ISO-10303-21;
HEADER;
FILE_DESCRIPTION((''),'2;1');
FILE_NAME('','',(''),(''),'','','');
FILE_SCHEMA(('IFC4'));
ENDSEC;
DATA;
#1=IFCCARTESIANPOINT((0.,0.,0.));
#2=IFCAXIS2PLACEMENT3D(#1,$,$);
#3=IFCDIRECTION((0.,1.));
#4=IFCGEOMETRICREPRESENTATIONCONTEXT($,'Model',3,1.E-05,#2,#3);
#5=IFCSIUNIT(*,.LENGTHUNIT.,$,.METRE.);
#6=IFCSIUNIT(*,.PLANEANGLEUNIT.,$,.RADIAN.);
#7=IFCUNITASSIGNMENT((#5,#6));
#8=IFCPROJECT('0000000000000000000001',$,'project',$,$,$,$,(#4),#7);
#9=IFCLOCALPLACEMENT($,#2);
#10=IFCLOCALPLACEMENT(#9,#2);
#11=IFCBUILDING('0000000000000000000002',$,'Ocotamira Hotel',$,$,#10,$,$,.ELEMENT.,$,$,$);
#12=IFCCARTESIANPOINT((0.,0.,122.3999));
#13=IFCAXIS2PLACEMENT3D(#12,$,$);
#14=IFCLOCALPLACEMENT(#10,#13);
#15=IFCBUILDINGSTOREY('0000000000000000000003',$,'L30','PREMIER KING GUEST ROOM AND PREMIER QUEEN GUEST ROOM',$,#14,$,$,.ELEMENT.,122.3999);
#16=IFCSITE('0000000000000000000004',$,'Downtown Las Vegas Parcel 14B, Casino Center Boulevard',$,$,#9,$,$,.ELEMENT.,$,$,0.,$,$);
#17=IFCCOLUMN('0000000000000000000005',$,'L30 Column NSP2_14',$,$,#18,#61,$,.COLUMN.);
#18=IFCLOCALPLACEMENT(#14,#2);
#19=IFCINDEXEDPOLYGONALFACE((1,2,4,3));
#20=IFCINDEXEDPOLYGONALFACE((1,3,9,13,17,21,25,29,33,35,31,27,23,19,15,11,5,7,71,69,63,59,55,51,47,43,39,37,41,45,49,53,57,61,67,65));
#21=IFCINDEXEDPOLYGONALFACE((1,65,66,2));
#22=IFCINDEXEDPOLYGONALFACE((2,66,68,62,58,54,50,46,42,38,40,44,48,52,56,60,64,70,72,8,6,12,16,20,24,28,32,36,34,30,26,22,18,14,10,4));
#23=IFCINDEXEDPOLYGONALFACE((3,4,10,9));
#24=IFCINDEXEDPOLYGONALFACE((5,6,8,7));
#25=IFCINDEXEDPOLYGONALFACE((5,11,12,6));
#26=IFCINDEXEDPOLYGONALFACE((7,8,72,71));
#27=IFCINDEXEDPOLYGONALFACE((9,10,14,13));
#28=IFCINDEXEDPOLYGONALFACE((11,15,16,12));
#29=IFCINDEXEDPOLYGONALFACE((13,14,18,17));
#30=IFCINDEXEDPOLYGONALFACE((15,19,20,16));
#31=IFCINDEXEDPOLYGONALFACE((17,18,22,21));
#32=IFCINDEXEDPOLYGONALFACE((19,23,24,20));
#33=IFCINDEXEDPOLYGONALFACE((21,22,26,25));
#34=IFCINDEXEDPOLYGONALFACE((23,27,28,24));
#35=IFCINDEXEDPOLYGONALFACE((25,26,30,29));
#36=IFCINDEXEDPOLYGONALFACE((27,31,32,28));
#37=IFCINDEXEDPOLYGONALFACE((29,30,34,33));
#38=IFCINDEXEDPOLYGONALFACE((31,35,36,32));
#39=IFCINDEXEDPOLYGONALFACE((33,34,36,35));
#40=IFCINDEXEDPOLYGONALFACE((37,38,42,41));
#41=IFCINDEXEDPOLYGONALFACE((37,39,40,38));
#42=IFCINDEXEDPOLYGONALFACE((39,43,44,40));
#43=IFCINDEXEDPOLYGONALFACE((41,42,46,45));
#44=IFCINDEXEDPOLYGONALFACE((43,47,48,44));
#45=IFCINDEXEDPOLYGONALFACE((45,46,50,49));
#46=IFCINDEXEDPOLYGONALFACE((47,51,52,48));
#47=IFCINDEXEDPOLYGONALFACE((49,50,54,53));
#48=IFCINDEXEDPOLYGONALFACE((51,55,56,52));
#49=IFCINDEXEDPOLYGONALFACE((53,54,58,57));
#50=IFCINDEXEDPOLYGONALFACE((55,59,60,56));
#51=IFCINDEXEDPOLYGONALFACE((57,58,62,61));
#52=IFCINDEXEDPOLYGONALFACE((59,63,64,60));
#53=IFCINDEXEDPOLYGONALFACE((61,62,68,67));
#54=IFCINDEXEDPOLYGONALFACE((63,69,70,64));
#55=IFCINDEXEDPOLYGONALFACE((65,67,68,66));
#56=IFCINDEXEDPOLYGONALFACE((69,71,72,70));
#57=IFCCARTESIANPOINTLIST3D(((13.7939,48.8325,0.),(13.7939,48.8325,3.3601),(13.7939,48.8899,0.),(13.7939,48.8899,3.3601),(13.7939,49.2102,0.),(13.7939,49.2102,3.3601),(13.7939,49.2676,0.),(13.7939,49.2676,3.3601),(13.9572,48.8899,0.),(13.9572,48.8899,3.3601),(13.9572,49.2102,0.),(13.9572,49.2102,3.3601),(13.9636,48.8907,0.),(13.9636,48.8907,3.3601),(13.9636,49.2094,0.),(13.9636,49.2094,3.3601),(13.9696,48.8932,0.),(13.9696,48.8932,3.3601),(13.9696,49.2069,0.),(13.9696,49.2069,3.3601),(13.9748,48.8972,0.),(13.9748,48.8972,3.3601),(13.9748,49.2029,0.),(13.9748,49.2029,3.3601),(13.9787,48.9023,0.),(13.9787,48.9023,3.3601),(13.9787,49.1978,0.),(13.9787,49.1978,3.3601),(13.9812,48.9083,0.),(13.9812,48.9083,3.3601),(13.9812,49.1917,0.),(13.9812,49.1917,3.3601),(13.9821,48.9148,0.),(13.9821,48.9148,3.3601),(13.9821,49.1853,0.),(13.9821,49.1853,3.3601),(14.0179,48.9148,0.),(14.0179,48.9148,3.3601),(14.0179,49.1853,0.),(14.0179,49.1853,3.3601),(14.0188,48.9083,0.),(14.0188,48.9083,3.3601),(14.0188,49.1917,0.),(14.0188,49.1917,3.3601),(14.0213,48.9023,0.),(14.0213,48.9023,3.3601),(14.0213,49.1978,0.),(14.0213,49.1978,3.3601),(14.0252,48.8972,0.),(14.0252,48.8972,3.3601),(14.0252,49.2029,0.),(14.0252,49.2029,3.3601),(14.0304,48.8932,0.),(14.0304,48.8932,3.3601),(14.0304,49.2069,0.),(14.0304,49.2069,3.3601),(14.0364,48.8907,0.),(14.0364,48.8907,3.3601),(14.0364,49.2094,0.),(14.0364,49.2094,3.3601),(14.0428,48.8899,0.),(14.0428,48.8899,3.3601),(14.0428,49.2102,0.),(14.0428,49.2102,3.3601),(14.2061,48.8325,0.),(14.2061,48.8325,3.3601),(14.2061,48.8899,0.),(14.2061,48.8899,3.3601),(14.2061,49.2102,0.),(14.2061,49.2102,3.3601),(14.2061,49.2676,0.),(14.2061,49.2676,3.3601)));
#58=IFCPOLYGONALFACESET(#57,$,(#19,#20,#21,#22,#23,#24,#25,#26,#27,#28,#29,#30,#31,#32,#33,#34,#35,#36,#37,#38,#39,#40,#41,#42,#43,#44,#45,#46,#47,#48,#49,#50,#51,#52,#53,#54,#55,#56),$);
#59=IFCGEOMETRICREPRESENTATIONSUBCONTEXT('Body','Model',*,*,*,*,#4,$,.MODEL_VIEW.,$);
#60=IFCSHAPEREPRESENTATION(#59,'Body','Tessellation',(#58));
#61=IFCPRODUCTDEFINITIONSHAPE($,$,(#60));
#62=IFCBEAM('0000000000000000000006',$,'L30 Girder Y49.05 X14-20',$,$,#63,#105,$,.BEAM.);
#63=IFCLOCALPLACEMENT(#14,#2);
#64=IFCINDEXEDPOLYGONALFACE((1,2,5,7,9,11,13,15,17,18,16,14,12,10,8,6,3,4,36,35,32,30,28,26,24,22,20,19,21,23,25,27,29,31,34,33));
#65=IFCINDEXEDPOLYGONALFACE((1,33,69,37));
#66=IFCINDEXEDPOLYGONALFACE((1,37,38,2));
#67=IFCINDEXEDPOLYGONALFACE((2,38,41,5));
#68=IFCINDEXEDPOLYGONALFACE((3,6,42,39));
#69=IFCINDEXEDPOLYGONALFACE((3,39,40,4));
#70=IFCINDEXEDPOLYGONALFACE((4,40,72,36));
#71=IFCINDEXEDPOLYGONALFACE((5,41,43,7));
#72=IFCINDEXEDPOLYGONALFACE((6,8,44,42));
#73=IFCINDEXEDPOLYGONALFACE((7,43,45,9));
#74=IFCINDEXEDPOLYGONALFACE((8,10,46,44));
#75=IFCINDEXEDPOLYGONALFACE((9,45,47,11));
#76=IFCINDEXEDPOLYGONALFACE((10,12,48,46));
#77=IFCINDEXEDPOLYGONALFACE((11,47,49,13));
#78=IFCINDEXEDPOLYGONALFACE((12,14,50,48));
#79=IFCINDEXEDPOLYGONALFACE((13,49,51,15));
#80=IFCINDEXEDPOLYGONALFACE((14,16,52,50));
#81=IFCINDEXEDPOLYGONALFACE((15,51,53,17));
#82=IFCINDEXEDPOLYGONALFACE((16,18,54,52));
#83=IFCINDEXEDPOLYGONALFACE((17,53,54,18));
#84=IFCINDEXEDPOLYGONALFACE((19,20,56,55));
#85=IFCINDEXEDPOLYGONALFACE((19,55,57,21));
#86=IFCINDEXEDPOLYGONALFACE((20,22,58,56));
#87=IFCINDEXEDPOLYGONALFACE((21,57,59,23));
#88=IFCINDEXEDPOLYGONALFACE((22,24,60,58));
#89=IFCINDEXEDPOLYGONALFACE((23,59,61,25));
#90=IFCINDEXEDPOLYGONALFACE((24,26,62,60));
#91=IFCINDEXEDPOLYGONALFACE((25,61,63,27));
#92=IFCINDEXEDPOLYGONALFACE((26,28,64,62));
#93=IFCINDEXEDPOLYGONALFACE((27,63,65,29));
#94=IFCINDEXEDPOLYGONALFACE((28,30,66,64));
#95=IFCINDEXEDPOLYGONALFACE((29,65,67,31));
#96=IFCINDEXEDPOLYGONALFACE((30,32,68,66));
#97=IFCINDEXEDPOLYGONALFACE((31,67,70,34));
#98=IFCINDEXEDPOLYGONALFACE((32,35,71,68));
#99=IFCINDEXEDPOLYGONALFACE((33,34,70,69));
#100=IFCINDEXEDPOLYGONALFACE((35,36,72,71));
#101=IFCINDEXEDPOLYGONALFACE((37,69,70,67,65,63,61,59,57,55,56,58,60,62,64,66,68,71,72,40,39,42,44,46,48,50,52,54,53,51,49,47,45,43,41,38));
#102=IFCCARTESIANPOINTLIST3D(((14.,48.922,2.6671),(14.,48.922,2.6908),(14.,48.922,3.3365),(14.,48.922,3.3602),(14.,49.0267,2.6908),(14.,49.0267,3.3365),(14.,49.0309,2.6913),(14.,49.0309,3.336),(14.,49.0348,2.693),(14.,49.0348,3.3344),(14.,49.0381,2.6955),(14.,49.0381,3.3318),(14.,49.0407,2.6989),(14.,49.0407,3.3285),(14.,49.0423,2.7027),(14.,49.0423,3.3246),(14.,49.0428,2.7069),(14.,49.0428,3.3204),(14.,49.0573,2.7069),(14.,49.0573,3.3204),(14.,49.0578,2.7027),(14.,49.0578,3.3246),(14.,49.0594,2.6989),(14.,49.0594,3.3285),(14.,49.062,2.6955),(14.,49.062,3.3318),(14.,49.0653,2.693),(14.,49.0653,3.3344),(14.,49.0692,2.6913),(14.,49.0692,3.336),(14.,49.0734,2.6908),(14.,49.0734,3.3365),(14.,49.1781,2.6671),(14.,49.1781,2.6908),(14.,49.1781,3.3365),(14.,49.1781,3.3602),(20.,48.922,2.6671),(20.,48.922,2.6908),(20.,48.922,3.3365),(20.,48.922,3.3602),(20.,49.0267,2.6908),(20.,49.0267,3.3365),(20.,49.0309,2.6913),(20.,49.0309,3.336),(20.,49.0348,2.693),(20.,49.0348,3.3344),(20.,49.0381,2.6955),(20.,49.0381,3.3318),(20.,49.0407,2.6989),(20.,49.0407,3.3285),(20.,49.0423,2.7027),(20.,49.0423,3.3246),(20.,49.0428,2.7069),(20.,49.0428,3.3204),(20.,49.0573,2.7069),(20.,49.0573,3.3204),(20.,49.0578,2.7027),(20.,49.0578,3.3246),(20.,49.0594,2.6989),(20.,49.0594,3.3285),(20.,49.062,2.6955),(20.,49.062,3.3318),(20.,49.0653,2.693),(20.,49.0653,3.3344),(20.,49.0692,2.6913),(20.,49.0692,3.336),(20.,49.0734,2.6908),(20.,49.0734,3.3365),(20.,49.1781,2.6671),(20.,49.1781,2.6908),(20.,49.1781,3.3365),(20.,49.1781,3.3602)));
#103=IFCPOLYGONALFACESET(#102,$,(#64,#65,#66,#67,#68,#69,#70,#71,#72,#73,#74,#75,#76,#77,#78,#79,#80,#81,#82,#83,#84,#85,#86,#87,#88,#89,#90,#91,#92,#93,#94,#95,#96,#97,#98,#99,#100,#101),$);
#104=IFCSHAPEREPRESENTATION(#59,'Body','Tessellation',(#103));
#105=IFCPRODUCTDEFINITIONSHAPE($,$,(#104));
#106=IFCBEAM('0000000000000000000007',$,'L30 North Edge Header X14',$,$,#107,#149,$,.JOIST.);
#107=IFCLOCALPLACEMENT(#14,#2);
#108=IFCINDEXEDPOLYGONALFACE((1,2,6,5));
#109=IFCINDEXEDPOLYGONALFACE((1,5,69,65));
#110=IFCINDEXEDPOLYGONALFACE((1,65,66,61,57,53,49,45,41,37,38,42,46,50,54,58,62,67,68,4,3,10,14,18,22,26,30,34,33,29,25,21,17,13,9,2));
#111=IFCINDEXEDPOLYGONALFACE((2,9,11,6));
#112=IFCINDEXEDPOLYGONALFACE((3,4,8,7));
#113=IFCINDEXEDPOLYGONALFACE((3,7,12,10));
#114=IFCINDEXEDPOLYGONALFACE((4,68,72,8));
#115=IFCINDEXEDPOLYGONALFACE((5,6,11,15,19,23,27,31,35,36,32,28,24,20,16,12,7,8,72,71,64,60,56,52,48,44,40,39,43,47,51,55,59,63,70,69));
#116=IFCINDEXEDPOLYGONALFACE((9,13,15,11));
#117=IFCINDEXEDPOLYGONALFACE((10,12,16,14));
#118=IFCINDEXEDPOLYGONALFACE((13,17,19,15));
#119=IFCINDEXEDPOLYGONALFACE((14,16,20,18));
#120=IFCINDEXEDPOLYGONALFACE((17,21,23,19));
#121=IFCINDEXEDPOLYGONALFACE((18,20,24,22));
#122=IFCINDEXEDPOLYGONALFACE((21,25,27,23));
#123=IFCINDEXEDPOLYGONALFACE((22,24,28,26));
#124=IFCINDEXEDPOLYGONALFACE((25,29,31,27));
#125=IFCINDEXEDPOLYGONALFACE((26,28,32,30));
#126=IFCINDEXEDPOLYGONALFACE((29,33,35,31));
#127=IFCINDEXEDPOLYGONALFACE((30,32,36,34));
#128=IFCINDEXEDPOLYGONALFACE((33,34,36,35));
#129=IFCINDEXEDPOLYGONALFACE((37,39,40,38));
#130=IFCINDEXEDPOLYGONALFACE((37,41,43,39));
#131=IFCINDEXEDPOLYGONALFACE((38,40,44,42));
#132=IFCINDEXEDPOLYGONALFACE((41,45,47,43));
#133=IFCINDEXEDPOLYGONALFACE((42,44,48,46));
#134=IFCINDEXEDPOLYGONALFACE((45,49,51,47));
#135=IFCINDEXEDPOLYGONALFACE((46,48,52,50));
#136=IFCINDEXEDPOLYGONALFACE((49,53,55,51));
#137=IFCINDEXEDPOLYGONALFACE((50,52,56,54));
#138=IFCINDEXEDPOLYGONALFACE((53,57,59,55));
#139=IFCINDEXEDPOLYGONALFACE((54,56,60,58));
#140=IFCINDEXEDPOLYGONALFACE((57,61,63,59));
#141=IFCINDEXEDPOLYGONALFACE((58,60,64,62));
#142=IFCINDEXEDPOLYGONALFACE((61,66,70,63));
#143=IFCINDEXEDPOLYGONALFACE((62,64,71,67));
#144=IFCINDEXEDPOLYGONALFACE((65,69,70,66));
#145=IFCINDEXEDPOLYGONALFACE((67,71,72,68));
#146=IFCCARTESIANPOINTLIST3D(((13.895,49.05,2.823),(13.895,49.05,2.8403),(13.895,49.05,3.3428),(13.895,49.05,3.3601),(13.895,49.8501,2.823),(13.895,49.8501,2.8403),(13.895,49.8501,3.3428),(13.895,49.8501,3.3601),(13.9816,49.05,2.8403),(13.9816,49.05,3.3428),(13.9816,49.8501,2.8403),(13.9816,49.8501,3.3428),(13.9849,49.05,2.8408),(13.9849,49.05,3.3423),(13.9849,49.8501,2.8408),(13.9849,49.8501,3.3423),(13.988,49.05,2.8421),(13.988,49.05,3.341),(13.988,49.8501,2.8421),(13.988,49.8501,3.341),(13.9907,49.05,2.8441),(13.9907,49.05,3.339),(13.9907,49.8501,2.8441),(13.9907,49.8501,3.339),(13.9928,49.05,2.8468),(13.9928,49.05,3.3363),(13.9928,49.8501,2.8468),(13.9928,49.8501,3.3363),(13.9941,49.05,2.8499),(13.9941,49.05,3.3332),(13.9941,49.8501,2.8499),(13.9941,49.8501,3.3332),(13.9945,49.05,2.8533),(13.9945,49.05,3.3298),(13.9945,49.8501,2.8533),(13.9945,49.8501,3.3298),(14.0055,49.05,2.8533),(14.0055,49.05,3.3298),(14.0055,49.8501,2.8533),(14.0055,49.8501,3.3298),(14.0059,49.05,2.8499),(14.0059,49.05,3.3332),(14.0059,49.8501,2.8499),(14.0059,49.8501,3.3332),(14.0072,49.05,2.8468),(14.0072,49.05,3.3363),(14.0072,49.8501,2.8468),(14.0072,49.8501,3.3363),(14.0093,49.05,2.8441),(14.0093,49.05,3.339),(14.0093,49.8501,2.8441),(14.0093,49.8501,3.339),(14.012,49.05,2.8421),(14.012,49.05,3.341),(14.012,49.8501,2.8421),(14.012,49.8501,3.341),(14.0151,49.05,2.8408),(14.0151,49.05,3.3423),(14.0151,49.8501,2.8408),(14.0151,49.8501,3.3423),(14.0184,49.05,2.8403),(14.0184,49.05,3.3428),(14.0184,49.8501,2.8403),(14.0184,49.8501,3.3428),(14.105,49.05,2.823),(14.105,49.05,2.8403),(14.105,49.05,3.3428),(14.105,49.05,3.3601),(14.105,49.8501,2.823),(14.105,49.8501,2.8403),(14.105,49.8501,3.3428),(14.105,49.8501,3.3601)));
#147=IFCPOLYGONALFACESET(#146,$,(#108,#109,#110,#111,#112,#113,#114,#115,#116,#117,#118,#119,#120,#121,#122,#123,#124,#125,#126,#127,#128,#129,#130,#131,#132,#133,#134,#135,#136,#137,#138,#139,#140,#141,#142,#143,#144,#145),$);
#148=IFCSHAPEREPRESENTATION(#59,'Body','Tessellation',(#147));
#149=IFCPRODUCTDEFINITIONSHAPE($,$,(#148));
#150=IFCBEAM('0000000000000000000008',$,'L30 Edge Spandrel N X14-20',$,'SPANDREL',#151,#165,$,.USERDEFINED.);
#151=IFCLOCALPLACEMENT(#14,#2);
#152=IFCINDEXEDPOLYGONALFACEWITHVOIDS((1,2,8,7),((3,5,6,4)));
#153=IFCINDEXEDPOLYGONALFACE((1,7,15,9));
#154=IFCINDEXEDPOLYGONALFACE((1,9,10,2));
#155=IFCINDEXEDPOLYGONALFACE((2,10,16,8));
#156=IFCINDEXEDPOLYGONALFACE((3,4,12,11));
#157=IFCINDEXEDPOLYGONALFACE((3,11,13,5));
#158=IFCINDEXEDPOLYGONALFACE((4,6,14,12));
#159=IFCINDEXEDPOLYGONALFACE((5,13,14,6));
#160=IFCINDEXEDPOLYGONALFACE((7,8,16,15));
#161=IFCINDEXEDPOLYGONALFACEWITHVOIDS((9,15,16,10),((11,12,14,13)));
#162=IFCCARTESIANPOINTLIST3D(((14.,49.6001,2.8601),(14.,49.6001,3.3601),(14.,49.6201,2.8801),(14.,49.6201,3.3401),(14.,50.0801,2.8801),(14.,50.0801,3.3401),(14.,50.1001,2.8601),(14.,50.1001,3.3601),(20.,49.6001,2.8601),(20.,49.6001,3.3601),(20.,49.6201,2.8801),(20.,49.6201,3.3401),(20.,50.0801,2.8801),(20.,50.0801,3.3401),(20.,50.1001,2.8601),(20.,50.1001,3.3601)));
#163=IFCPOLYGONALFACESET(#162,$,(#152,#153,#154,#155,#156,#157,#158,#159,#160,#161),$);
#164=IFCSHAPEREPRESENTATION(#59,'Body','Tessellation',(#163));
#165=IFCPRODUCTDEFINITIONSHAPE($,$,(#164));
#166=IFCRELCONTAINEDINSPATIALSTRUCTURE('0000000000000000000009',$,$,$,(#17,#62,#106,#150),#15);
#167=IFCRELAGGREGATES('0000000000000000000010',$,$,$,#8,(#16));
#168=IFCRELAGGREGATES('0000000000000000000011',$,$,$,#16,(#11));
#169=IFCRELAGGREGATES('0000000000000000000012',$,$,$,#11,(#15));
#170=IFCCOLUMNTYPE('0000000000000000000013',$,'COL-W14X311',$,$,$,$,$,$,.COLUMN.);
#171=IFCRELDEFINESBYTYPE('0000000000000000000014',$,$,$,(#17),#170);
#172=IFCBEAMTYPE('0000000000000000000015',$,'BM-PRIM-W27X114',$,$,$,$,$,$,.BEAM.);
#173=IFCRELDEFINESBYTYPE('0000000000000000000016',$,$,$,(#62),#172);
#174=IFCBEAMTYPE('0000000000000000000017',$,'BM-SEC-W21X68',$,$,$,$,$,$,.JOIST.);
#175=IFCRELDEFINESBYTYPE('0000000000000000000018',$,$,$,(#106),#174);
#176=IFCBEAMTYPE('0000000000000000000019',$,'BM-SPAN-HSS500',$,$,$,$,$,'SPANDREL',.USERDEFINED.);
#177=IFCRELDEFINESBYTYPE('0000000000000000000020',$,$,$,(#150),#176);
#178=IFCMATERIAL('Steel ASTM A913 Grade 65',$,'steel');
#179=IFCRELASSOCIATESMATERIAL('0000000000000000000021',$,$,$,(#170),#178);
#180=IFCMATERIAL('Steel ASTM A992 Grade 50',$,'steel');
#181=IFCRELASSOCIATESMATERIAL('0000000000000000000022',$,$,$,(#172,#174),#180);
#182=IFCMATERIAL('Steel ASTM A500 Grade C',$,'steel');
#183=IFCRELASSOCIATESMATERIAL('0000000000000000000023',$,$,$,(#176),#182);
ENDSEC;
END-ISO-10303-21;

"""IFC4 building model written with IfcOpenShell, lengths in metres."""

from ifc_helpers import new_model, si_unit, direction, frame, origin, origin_2d, place, context, subcontext, project, spatial, hollow_rectangle, i_section, extrude, source, transform, mapped, material, material_profile, profile_set, type_object, element, save


model = new_model("IFC4")

# Units and contexts
model_context = context("Model", 3, precision=1e-05, world=origin(), true_north=direction((0.0, 1.0)))
body_context = subcontext(model_context, "Body", "Model", "MODEL_VIEW")
ifc_project = project(units=[si_unit("LENGTHUNIT", "METRE"), si_unit("PLANEANGLEUNIT", "RADIAN")], contexts=[model_context])

# Site, building, storey
site_placement = place(None, origin())
site = spatial("IfcSite", under=ifc_project, at=site_placement, Name="Downtown Las Vegas Parcel 14B, Casino Center Boulevard", CompositionType="ELEMENT", RefElevation=0.0)
building_placement = place(site_placement, origin())
building = spatial("IfcBuilding", under=site, at=building_placement, Name="Ocotamira Hotel", CompositionType="ELEMENT")
storey_placement = place(building_placement, frame((0.0, 0.0, 122.3999)))
storey = spatial("IfcBuildingStorey", under=building, at=storey_placement, Name="L30", Description="PREMIER KING GUEST ROOM AND PREMIER QUEEN GUEST ROOM", CompositionType="ELEMENT", Elevation=122.3999)

# Column
ifc_material_1 = material(Name="Steel ASTM A913 Grade 65", Category="steel")
ifc_material_profile_1 = material_profile(ifc_material_1, i_section(OverallWidth=0.4121, OverallDepth=0.4351, WebThickness=0.0359, FlangeThickness=0.0574, FilletRadius=0.0249, at=origin_2d()), Name="W14X311")
ifc_profile_set_1 = profile_set([ifc_material_profile_1], Name="Steel ASTM A913 Grade 65")
column_type = type_object("IfcColumnType", Name="COL-W14X311", PredefinedType="COLUMN", material=ifc_profile_set_1)
shared_shape_1 = source(origin(), body_context, "Body", "SweptSolid", [
    extrude(i_section(OverallWidth=0.4121, OverallDepth=0.4351, WebThickness=0.0359, FlangeThickness=0.0574, FilletRadius=0.0249, at=origin_2d()), origin(), (0.0, 0.0, 1.0), 3.3601),
])
column_placement = place(storey_placement, frame((14.0, 49.05, 0.0), z_axis=(0.0, 0.0, 1.0), x_axis=(1.0, 0.0, 0.0)))
element("IfcColumn", 1, at=column_placement, inside=storey, type_object=column_type, Name="L30 Column NSP2_14", PredefinedType="COLUMN", context=body_context, shape_type="MappedRepresentation", body=[
    mapped(shared_shape_1, transform((0.0, 0.0, 0.0), scale=1.0)),
])

# Beams
ifc_material_2 = material(Name="Steel ASTM A992 Grade 50", Category="steel")
ifc_material_profile_2 = material_profile(ifc_material_2, i_section(OverallWidth=0.2561, OverallDepth=0.6931, WebThickness=0.0144, FlangeThickness=0.0237, FilletRadius=0.0161, at=origin_2d()), Name="W27X114")
ifc_profile_set_2 = profile_set([ifc_material_profile_2], Name="Steel ASTM A992 Grade 50")
beam_type_1 = type_object("IfcBeamType", Name="BM-PRIM-W27X114", PredefinedType="BEAM", material=ifc_profile_set_2)
shared_shape_2 = source(origin(), body_context, "Body", "SweptSolid", [
    extrude(i_section(OverallWidth=0.2561, OverallDepth=0.6931, WebThickness=0.0144, FlangeThickness=0.0237, FilletRadius=0.0161, at=origin_2d()), origin(), (0.0, 0.0, 1.0), 6.0),
])
beam_1_placement = place(storey_placement, frame((14.0, 49.05, 3.0137), z_axis=(1.0, 0.0, 0.0), x_axis=(0.0, 1.0, 0.0)))
element("IfcBeam", 2, at=beam_1_placement, inside=storey, type_object=beam_type_1, Name="L30 Girder Y49.05 X14-20", PredefinedType="BEAM", context=body_context, shape_type="MappedRepresentation", body=[
    mapped(shared_shape_2, transform((0.0, 0.0, 0.0), scale=1.0)),
])
ifc_material_profile_3 = material_profile(ifc_material_2, i_section(OverallWidth=0.21, OverallDepth=0.5371, WebThickness=0.011, FlangeThickness=0.0173, FilletRadius=0.0129, at=origin_2d()), Name="W21X68")
ifc_profile_set_3 = profile_set([ifc_material_profile_3], Name="Steel ASTM A992 Grade 50")
beam_type_2 = type_object("IfcBeamType", Name="BM-SEC-W21X68", PredefinedType="JOIST", material=ifc_profile_set_3)
shared_shape_3 = source(origin(), body_context, "Body", "SweptSolid", [
    extrude(i_section(OverallWidth=0.21, OverallDepth=0.5371, WebThickness=0.011, FlangeThickness=0.0173, FilletRadius=0.0129, at=origin_2d()), origin(), (0.0, 0.0, 1.0), 0.8),
])
beam_2_placement = place(storey_placement, frame((14.0, 49.05, 3.0916), z_axis=(0.0, 1.0, 0.0), x_axis=(-1.0, 0.0, 0.0)))
element("IfcBeam", 3, at=beam_2_placement, inside=storey, type_object=beam_type_2, Name="L30 North Edge Header X14", PredefinedType="JOIST", context=body_context, shape_type="MappedRepresentation", body=[
    mapped(shared_shape_3, transform((0.0, 0.0, 0.0), scale=1.0)),
])
ifc_material_3 = material(Name="Steel ASTM A500 Grade C", Category="steel")
ifc_material_profile_4 = material_profile(ifc_material_3, hollow_rectangle(XDim=0.5, YDim=0.5, WallThickness=0.02, at=origin_2d()), Name="HSS500X500X20")
ifc_profile_set_4 = profile_set([ifc_material_profile_4], Name="Steel ASTM A500 Grade C")
beam_type_3 = type_object("IfcBeamType", Name="BM-SPAN-HSS500", ElementType="SPANDREL", PredefinedType="USERDEFINED", material=ifc_profile_set_4)
shared_shape_4 = source(origin(), body_context, "Body", "SweptSolid", [
    extrude(hollow_rectangle(XDim=0.5, YDim=0.5, WallThickness=0.02, at=origin_2d()), origin(), (0.0, 0.0, 1.0), 6.0),
])
beam_3_placement = place(storey_placement, frame((14.0, 49.8501, 3.1101), z_axis=(1.0, 0.0, 0.0), x_axis=(0.0, 1.0, 0.0)))
element("IfcBeam", 4, at=beam_3_placement, inside=storey, type_object=beam_type_3, Name="L30 Edge Spandrel N X14-20", ObjectType="SPANDREL", PredefinedType="USERDEFINED", context=body_context, shape_type="MappedRepresentation", body=[
    mapped(shared_shape_4, transform((0.0, 0.0, 0.0), scale=1.0)),
])

save(model, "model.ifc")
